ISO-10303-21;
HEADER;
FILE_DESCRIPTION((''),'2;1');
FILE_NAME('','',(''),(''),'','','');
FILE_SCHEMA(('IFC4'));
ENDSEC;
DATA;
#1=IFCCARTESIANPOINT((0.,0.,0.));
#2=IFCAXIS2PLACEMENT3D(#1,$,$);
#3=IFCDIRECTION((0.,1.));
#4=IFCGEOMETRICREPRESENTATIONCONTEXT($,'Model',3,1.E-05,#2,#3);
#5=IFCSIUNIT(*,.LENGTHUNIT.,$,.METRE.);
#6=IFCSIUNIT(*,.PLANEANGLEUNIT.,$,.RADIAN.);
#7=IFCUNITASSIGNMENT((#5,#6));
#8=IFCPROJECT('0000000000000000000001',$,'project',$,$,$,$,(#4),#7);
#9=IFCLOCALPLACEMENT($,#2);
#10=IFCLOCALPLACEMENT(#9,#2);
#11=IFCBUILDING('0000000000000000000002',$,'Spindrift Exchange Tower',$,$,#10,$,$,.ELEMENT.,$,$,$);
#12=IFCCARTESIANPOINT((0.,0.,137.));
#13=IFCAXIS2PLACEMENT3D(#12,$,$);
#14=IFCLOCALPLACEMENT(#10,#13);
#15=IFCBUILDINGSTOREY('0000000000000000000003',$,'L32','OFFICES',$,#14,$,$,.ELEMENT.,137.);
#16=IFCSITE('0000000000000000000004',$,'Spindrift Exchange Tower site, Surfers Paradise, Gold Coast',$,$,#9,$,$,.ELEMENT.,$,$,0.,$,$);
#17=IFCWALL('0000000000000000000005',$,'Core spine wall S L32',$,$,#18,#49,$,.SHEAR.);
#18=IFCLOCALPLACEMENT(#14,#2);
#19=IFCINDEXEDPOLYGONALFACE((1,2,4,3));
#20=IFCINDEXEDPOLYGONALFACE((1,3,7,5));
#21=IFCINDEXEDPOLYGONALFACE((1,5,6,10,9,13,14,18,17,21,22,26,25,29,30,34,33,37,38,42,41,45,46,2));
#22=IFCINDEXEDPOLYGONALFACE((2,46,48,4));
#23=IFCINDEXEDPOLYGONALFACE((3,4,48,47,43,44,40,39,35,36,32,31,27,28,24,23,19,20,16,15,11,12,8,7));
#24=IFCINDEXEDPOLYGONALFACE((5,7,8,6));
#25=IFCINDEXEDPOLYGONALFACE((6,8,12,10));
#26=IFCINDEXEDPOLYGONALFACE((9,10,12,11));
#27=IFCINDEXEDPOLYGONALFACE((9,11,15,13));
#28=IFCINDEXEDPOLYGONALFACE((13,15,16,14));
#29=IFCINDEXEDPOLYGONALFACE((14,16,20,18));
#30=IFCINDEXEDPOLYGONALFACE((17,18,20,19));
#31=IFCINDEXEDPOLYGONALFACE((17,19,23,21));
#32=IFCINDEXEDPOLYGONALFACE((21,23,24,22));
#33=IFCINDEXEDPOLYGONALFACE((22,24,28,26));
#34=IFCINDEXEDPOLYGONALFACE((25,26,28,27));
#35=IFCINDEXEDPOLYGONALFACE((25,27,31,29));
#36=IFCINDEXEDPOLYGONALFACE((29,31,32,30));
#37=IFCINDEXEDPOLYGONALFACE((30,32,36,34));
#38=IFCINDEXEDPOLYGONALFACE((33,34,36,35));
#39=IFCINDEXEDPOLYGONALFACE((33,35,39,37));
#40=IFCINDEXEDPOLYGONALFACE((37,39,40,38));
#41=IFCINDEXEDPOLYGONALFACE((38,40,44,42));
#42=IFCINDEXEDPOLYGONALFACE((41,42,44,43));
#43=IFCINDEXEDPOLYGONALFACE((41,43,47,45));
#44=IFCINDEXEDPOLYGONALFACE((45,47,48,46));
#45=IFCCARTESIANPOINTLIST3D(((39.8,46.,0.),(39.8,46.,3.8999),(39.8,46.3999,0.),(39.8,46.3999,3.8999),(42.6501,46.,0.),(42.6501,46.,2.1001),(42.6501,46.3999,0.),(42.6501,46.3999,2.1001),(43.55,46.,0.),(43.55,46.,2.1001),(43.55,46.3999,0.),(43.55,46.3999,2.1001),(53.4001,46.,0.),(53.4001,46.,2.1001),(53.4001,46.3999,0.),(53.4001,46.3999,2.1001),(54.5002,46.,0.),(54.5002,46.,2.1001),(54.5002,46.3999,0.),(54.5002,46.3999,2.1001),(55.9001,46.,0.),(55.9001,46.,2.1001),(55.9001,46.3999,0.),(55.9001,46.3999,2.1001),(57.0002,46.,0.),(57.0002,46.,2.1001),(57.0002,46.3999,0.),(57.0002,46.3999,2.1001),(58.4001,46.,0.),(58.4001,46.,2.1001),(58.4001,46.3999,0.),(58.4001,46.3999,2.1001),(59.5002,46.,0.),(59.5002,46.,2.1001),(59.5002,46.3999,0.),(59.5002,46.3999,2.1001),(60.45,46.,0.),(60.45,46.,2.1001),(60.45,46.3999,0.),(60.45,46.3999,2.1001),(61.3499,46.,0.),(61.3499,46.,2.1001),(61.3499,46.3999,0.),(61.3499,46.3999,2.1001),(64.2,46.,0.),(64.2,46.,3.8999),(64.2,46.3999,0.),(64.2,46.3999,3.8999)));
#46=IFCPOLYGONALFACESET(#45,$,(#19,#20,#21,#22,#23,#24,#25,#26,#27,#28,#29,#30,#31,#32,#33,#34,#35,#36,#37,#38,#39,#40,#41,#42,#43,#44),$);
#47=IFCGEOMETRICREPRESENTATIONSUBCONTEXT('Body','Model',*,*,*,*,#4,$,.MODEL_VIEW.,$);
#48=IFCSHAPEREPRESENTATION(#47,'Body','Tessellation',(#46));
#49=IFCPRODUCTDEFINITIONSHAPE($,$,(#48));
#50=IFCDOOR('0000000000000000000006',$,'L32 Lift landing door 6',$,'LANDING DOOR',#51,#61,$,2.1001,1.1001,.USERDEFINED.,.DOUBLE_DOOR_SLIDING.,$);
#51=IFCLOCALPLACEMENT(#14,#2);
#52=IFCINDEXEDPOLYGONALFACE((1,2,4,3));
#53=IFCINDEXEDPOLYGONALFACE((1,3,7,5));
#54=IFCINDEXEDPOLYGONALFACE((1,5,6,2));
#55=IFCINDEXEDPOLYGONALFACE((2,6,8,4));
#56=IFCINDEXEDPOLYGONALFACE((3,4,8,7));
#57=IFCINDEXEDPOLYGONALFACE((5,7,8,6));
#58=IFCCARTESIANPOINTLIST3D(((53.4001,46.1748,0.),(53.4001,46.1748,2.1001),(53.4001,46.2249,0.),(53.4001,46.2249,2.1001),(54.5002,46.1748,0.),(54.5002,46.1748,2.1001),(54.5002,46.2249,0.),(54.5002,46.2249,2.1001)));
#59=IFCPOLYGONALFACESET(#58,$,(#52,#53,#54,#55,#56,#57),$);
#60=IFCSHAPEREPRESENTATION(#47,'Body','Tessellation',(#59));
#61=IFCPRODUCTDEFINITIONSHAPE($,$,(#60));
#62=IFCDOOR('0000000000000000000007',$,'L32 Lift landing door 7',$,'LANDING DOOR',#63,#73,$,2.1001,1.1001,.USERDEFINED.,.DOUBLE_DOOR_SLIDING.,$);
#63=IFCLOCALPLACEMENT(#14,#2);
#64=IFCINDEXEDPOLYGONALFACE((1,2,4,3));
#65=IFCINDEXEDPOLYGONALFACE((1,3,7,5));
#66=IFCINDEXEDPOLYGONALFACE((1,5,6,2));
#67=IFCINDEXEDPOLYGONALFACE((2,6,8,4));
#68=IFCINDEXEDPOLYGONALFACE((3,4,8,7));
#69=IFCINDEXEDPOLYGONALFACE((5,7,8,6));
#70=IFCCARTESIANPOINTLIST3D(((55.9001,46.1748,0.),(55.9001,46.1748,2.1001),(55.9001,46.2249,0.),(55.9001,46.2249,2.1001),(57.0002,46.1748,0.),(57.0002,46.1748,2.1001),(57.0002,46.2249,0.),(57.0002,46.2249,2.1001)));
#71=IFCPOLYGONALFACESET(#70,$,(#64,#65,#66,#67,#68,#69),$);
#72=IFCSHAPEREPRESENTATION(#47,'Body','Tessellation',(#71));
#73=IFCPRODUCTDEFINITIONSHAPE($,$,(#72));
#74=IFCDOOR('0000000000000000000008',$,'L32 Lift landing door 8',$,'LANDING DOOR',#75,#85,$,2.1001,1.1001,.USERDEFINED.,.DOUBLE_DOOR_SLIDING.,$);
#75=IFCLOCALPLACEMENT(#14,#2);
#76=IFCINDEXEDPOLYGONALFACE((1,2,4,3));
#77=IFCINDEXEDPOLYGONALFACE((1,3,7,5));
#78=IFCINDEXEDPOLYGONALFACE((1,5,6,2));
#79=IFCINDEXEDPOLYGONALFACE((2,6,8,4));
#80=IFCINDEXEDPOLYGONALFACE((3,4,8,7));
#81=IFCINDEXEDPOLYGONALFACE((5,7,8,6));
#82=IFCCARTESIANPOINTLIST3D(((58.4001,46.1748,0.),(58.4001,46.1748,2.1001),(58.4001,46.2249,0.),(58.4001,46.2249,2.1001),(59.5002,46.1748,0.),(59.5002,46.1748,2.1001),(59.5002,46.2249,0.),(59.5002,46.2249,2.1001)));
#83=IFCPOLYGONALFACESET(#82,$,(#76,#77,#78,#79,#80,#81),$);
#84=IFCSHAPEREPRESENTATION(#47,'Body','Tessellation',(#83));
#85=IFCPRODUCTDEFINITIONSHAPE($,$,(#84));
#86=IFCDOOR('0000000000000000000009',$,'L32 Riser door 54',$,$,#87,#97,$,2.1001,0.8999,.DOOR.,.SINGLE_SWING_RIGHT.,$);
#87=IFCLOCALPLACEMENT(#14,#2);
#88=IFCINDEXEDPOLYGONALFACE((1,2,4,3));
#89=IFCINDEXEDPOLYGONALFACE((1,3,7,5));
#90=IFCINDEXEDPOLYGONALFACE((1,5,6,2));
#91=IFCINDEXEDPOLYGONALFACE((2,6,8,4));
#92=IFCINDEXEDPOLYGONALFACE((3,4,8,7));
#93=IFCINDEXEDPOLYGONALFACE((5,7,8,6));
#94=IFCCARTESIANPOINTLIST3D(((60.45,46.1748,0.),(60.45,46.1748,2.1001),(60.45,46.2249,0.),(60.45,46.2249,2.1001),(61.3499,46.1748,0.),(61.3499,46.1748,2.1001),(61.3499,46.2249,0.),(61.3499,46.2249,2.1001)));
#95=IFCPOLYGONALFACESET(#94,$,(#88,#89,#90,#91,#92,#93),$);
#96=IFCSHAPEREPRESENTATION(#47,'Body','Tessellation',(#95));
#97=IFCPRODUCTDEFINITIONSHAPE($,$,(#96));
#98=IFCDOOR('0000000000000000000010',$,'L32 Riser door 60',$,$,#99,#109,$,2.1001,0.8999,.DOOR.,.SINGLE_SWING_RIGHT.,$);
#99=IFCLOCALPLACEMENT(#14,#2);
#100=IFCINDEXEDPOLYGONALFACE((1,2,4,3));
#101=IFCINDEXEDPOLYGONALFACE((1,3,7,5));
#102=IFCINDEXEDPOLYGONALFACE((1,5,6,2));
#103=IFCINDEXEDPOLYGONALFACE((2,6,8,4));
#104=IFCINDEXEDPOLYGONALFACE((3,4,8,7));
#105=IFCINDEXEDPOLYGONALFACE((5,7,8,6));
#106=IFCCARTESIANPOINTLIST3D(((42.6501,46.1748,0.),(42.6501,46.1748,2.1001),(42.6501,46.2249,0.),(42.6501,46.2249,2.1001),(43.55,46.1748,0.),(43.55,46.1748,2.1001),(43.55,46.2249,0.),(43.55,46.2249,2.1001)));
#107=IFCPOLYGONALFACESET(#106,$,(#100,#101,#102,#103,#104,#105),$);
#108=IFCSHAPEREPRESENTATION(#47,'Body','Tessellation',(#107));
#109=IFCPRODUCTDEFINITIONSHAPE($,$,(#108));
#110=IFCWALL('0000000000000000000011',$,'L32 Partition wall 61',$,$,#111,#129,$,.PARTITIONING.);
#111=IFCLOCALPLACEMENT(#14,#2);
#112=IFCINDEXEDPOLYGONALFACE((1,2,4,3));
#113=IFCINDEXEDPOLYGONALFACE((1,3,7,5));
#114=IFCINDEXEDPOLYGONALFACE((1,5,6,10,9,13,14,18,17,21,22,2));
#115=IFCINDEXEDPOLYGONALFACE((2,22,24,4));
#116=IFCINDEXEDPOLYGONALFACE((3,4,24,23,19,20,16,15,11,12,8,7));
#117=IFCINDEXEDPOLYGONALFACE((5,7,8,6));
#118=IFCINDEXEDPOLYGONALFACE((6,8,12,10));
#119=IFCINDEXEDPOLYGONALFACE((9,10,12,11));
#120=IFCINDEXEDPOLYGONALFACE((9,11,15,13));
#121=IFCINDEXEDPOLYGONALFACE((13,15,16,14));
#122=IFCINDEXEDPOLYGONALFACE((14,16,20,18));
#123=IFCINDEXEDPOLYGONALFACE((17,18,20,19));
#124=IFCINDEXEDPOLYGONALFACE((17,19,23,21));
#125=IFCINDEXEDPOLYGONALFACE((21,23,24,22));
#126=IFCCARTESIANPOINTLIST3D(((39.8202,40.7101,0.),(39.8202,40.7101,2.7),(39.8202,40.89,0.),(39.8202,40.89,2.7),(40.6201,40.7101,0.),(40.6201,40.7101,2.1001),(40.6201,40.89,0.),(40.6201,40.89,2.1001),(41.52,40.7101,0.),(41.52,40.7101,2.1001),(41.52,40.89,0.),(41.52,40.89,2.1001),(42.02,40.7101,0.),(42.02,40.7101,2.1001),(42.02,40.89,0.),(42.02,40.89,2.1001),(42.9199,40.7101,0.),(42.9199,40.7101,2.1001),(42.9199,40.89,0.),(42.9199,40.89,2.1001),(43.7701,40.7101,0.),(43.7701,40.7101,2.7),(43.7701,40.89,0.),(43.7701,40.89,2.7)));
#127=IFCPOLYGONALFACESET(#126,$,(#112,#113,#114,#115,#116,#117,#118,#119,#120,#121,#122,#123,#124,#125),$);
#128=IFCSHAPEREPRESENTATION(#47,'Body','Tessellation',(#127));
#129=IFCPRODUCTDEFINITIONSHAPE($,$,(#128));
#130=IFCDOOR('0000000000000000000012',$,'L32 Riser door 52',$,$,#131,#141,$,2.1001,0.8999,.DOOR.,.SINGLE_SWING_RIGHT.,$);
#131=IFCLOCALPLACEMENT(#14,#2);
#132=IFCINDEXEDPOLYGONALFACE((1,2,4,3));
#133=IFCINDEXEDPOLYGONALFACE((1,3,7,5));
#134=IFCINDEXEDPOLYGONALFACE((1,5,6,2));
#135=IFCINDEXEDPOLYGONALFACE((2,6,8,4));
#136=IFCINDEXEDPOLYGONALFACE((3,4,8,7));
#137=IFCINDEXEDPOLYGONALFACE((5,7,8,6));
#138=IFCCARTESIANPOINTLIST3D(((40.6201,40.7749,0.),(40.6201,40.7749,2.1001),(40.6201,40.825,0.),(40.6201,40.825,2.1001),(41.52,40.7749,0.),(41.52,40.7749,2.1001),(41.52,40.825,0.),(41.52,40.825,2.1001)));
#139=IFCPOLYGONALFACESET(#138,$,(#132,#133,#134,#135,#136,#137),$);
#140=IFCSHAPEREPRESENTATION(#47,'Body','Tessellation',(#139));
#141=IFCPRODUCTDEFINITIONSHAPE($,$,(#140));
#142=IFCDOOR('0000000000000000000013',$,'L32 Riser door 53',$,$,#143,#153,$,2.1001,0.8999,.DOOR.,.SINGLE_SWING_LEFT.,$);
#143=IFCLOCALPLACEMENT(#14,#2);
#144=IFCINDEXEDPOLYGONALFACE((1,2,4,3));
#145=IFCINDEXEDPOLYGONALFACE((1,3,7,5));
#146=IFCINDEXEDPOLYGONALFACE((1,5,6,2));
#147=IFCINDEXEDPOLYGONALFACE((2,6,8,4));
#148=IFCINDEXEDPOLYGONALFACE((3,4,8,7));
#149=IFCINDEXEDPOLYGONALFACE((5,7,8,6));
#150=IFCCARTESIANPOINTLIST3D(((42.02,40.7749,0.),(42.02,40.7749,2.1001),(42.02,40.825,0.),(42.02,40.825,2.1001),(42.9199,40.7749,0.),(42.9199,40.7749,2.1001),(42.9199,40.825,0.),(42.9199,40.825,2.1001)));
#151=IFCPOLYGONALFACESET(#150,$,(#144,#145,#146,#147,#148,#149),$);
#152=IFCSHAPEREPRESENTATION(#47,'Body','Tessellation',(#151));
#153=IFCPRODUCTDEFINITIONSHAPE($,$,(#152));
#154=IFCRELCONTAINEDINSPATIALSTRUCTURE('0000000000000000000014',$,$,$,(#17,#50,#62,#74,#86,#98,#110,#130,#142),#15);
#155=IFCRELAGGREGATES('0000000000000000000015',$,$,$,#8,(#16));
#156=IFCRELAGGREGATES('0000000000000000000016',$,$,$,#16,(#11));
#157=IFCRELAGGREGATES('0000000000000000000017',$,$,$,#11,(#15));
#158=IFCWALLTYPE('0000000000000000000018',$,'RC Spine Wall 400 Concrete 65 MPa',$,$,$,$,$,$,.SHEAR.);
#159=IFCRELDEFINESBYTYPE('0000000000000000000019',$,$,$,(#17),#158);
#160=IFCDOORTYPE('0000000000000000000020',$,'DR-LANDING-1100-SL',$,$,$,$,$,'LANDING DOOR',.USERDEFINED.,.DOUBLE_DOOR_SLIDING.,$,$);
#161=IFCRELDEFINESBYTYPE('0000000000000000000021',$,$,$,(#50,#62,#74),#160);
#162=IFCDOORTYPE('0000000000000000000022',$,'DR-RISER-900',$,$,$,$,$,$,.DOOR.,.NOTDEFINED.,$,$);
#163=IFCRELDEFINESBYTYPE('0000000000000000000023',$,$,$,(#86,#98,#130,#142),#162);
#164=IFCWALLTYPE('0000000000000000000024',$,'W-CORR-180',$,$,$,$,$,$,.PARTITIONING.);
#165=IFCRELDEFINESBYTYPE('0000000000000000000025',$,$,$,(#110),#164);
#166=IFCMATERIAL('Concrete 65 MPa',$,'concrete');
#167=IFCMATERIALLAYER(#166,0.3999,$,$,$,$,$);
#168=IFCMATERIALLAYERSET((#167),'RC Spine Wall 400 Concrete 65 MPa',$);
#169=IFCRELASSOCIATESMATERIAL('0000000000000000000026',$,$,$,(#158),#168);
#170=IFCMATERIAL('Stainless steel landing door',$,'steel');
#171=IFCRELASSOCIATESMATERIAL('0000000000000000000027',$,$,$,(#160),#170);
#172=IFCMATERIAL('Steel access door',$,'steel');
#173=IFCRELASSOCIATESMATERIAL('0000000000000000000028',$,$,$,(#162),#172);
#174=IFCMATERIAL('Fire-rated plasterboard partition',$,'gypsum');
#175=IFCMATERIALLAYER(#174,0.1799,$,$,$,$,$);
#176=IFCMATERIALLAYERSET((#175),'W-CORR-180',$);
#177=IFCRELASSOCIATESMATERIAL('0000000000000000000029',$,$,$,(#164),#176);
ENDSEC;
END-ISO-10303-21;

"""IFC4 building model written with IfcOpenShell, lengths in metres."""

from ifc_helpers import new_model, si_unit, direction, frame, frame_2d, origin, place, context, subcontext, project, spatial, rectangle, extrude, source, transform, mapped, material, layer, layer_set, type_object, element, fill, save


model = new_model("IFC4")

# Units and contexts
model_context = context("Model", 3, precision=1e-05, world=origin(), true_north=direction((0.0, 1.0)))
body_context = subcontext(model_context, "Body", "Model", "MODEL_VIEW")
ifc_project = project(units=[si_unit("LENGTHUNIT", "METRE"), si_unit("PLANEANGLEUNIT", "RADIAN")], contexts=[model_context])

# Site, building, storey
site_placement = place(None, origin())
site = spatial("IfcSite", under=ifc_project, at=site_placement, Name="Spindrift Exchange Tower site, Surfers Paradise, Gold Coast", CompositionType="ELEMENT", RefElevation=0.0)
building_placement = place(site_placement, origin())
building = spatial("IfcBuilding", under=site, at=building_placement, Name="Spindrift Exchange Tower", CompositionType="ELEMENT")
storey_placement = place(building_placement, frame((0.0, 0.0, 137.0)))
storey = spatial("IfcBuildingStorey", under=building, at=storey_placement, Name="L32", Description="OFFICES", CompositionType="ELEMENT", Elevation=137.0)

# Walls, openings, doors
ifc_material_1 = material(Name="Concrete 65 MPa", Category="concrete")
ifc_layer_1 = layer(ifc_material_1, 0.3999)
ifc_layer_set_1 = layer_set([ifc_layer_1], Name="RC Spine Wall 400 Concrete 65 MPa")
wall_type_1 = type_object("IfcWallType", Name="RC Spine Wall 400 Concrete 65 MPa", PredefinedType="SHEAR", material=ifc_layer_set_1)
wall_1_placement = place(storey_placement, frame((39.8, 46.2, 0.0), z_axis=(0.0, 0.0, 1.0), x_axis=(1.0, 0.0, 0.0)))
wall_1 = element("IfcWall", 1, at=wall_1_placement, inside=storey, type_object=wall_type_1, Name="Core spine wall S L32", PredefinedType="SHEAR", context=body_context, shape_type="SweptSolid", body=[
    extrude(rectangle(XDim=24.3999, YDim=0.3999, at=frame_2d((12.2, 0.0))), origin(), (0.0, 0.0, 1.0), 3.8999),
])
opening_1_placement = place(wall_1_placement, frame((13.6001, 0.0, 0.0)))
opening_1 = element("IfcOpeningElement", 2, at=opening_1_placement, cuts=wall_1, PredefinedType="OPENING", context=body_context, shape_type="SweptSolid", body=[
    extrude(rectangle(XDim=1.1001, YDim=2.1001, at=frame_2d((0.55, 1.05))), frame((0.0, 0.21, 0.0), z_axis=(0.0, -1.0, 0.0), x_axis=(1.0, 0.0, 0.0)), (0.0, 0.0, 1.0), 0.4199),
])
opening_2_placement = place(wall_1_placement, frame((16.1001, 0.0, 0.0)))
opening_2 = element("IfcOpeningElement", 3, at=opening_2_placement, cuts=wall_1, PredefinedType="OPENING", context=body_context, shape_type="SweptSolid", body=[
    extrude(rectangle(XDim=1.1001, YDim=2.1001, at=frame_2d((0.55, 1.05))), frame((0.0, 0.21, 0.0), z_axis=(0.0, -1.0, 0.0), x_axis=(1.0, 0.0, 0.0)), (0.0, 0.0, 1.0), 0.4199),
])
opening_3_placement = place(wall_1_placement, frame((18.6001, 0.0, 0.0)))
opening_3 = element("IfcOpeningElement", 4, at=opening_3_placement, cuts=wall_1, PredefinedType="OPENING", context=body_context, shape_type="SweptSolid", body=[
    extrude(rectangle(XDim=1.1001, YDim=2.1001, at=frame_2d((0.55, 1.05))), frame((0.0, 0.21, 0.0), z_axis=(0.0, -1.0, 0.0), x_axis=(1.0, 0.0, 0.0)), (0.0, 0.0, 1.0), 0.4199),
])
opening_4_placement = place(wall_1_placement, frame((20.6499, 0.0, 0.0)))
opening_4 = element("IfcOpeningElement", 5, at=opening_4_placement, cuts=wall_1, PredefinedType="OPENING", context=body_context, shape_type="SweptSolid", body=[
    extrude(rectangle(XDim=0.8999, YDim=2.1001, at=frame_2d((0.45, 1.05))), frame((0.0, 0.21, 0.0), z_axis=(0.0, -1.0, 0.0), x_axis=(1.0, 0.0, 0.0)), (0.0, 0.0, 1.0), 0.4199),
])
opening_5_placement = place(wall_1_placement, frame((2.8501, 0.0, 0.0)))
opening_5 = element("IfcOpeningElement", 6, at=opening_5_placement, cuts=wall_1, PredefinedType="OPENING", context=body_context, shape_type="SweptSolid", body=[
    extrude(rectangle(XDim=0.8999, YDim=2.1001, at=frame_2d((0.45, 1.05))), frame((0.0, 0.21, 0.0), z_axis=(0.0, -1.0, 0.0), x_axis=(1.0, 0.0, 0.0)), (0.0, 0.0, 1.0), 0.4199),
])
ifc_material_2 = material(Name="Stainless steel landing door", Category="steel")
door_type_1 = type_object("IfcDoorType", Name="DR-LANDING-1100-SL", ElementType="LANDING DOOR", OperationType="DOUBLE_DOOR_SLIDING", PredefinedType="USERDEFINED", material=ifc_material_2)
shared_shape_1 = source(origin(), body_context, "Body", "SweptSolid", [
    extrude(rectangle(XDim=1.1001, YDim=2.1001, at=frame_2d((0.55, 1.05))), frame((0.0, 0.0249, 0.0), z_axis=(0.0, -1.0, 0.0), x_axis=(1.0, 0.0, 0.0)), (0.0, 0.0, 1.0), 0.05),
])
door_1_placement = place(opening_1_placement, origin())
door_1 = element("IfcDoor", 7, at=door_1_placement, inside=storey, type_object=door_type_1, Name="L32 Lift landing door 6", ObjectType="LANDING DOOR", OperationType="DOUBLE_DOOR_SLIDING", OverallHeight=2.1001, OverallWidth=1.1001, PredefinedType="USERDEFINED", context=body_context, shape_type="MappedRepresentation", body=[
    mapped(shared_shape_1, transform((0.0, 0.0, 0.0), scale=1.0)),
])
fill(opening_1, door_1)
door_2_placement = place(opening_2_placement, origin())
door_2 = element("IfcDoor", 8, at=door_2_placement, inside=storey, type_object=door_type_1, Name="L32 Lift landing door 7", ObjectType="LANDING DOOR", OperationType="DOUBLE_DOOR_SLIDING", OverallHeight=2.1001, OverallWidth=1.1001, PredefinedType="USERDEFINED", context=body_context, shape_type="MappedRepresentation", body=[
    mapped(shared_shape_1, transform((0.0, 0.0, 0.0), scale=1.0)),
])
fill(opening_2, door_2)
door_3_placement = place(opening_3_placement, origin())
door_3 = element("IfcDoor", 9, at=door_3_placement, inside=storey, type_object=door_type_1, Name="L32 Lift landing door 8", ObjectType="LANDING DOOR", OperationType="DOUBLE_DOOR_SLIDING", OverallHeight=2.1001, OverallWidth=1.1001, PredefinedType="USERDEFINED", context=body_context, shape_type="MappedRepresentation", body=[
    mapped(shared_shape_1, transform((0.0, 0.0, 0.0), scale=1.0)),
])
fill(opening_3, door_3)
ifc_material_3 = material(Name="Steel access door", Category="steel")
door_type_2 = type_object("IfcDoorType", Name="DR-RISER-900", OperationType="NOTDEFINED", PredefinedType="DOOR", material=ifc_material_3)
shared_shape_2 = source(origin(), body_context, "Body", "SweptSolid", [
    extrude(rectangle(XDim=0.8999, YDim=2.1001, at=frame_2d((0.45, 1.05))), frame((0.0, 0.0249, 0.0), z_axis=(0.0, -1.0, 0.0), x_axis=(1.0, 0.0, 0.0)), (0.0, 0.0, 1.0), 0.05),
])
door_4_placement = place(opening_4_placement, origin())
door_4 = element("IfcDoor", 10, at=door_4_placement, inside=storey, type_object=door_type_2, Name="L32 Riser door 54", OperationType="SINGLE_SWING_RIGHT", OverallHeight=2.1001, OverallWidth=0.8999, PredefinedType="DOOR", context=body_context, shape_type="MappedRepresentation", body=[
    mapped(shared_shape_2, transform((0.0, 0.0, 0.0), scale=1.0)),
])
fill(opening_4, door_4)
door_5_placement = place(opening_5_placement, origin())
door_5 = element("IfcDoor", 11, at=door_5_placement, inside=storey, type_object=door_type_2, Name="L32 Riser door 60", OperationType="SINGLE_SWING_RIGHT", OverallHeight=2.1001, OverallWidth=0.8999, PredefinedType="DOOR", context=body_context, shape_type="MappedRepresentation", body=[
    mapped(shared_shape_2, transform((0.0, 0.0, 0.0), scale=1.0)),
])
fill(opening_5, door_5)
ifc_material_4 = material(Name="Fire-rated plasterboard partition", Category="gypsum")
ifc_layer_2 = layer(ifc_material_4, 0.1799)
ifc_layer_set_2 = layer_set([ifc_layer_2], Name="W-CORR-180")
wall_type_2 = type_object("IfcWallType", Name="W-CORR-180", PredefinedType="PARTITIONING", material=ifc_layer_set_2)
wall_2_placement = place(storey_placement, frame((39.8201, 40.8, 0.0), z_axis=(0.0, 0.0, 1.0), x_axis=(1.0, 0.0, 0.0)))
wall_2 = element("IfcWall", 12, at=wall_2_placement, inside=storey, type_object=wall_type_2, Name="L32 Partition wall 61", PredefinedType="PARTITIONING", context=body_context, shape_type="SweptSolid", body=[
    extrude(rectangle(XDim=3.95, YDim=0.1799, at=frame_2d((1.9751, 0.0))), origin(), (0.0, 0.0, 1.0), 2.7),
])
opening_6_placement = place(wall_2_placement, frame((0.8, 0.0, 0.0)))
opening_6 = element("IfcOpeningElement", 13, at=opening_6_placement, cuts=wall_2, PredefinedType="OPENING", context=body_context, shape_type="SweptSolid", body=[
    extrude(rectangle(XDim=0.8999, YDim=2.1001, at=frame_2d((0.45, 1.05))), frame((0.0, 0.0999, 0.0), z_axis=(0.0, -1.0, 0.0), x_axis=(1.0, 0.0, 0.0)), (0.0, 0.0, 1.0), 0.2),
])
opening_7_placement = place(wall_2_placement, frame((2.2, 0.0, 0.0)))
opening_7 = element("IfcOpeningElement", 14, at=opening_7_placement, cuts=wall_2, PredefinedType="OPENING", context=body_context, shape_type="SweptSolid", body=[
    extrude(rectangle(XDim=0.8999, YDim=2.1001, at=frame_2d((0.45, 1.05))), frame((0.0, 0.0999, 0.0), z_axis=(0.0, -1.0, 0.0), x_axis=(1.0, 0.0, 0.0)), (0.0, 0.0, 1.0), 0.2),
])
door_6_placement = place(opening_6_placement, origin())
door_6 = element("IfcDoor", 15, at=door_6_placement, inside=storey, type_object=door_type_2, Name="L32 Riser door 52", OperationType="SINGLE_SWING_RIGHT", OverallHeight=2.1001, OverallWidth=0.8999, PredefinedType="DOOR", context=body_context, shape_type="MappedRepresentation", body=[
    mapped(shared_shape_2, transform((0.0, 0.0, 0.0), scale=1.0)),
])
fill(opening_6, door_6)
door_7_placement = place(opening_7_placement, origin())
door_7 = element("IfcDoor", 16, at=door_7_placement, inside=storey, type_object=door_type_2, Name="L32 Riser door 53", OperationType="SINGLE_SWING_LEFT", OverallHeight=2.1001, OverallWidth=0.8999, PredefinedType="DOOR", context=body_context, shape_type="MappedRepresentation", body=[
    mapped(shared_shape_2, transform((0.0, 0.0, 0.0), scale=1.0)),
])
fill(opening_7, door_7)

save(model, "model.ifc")
